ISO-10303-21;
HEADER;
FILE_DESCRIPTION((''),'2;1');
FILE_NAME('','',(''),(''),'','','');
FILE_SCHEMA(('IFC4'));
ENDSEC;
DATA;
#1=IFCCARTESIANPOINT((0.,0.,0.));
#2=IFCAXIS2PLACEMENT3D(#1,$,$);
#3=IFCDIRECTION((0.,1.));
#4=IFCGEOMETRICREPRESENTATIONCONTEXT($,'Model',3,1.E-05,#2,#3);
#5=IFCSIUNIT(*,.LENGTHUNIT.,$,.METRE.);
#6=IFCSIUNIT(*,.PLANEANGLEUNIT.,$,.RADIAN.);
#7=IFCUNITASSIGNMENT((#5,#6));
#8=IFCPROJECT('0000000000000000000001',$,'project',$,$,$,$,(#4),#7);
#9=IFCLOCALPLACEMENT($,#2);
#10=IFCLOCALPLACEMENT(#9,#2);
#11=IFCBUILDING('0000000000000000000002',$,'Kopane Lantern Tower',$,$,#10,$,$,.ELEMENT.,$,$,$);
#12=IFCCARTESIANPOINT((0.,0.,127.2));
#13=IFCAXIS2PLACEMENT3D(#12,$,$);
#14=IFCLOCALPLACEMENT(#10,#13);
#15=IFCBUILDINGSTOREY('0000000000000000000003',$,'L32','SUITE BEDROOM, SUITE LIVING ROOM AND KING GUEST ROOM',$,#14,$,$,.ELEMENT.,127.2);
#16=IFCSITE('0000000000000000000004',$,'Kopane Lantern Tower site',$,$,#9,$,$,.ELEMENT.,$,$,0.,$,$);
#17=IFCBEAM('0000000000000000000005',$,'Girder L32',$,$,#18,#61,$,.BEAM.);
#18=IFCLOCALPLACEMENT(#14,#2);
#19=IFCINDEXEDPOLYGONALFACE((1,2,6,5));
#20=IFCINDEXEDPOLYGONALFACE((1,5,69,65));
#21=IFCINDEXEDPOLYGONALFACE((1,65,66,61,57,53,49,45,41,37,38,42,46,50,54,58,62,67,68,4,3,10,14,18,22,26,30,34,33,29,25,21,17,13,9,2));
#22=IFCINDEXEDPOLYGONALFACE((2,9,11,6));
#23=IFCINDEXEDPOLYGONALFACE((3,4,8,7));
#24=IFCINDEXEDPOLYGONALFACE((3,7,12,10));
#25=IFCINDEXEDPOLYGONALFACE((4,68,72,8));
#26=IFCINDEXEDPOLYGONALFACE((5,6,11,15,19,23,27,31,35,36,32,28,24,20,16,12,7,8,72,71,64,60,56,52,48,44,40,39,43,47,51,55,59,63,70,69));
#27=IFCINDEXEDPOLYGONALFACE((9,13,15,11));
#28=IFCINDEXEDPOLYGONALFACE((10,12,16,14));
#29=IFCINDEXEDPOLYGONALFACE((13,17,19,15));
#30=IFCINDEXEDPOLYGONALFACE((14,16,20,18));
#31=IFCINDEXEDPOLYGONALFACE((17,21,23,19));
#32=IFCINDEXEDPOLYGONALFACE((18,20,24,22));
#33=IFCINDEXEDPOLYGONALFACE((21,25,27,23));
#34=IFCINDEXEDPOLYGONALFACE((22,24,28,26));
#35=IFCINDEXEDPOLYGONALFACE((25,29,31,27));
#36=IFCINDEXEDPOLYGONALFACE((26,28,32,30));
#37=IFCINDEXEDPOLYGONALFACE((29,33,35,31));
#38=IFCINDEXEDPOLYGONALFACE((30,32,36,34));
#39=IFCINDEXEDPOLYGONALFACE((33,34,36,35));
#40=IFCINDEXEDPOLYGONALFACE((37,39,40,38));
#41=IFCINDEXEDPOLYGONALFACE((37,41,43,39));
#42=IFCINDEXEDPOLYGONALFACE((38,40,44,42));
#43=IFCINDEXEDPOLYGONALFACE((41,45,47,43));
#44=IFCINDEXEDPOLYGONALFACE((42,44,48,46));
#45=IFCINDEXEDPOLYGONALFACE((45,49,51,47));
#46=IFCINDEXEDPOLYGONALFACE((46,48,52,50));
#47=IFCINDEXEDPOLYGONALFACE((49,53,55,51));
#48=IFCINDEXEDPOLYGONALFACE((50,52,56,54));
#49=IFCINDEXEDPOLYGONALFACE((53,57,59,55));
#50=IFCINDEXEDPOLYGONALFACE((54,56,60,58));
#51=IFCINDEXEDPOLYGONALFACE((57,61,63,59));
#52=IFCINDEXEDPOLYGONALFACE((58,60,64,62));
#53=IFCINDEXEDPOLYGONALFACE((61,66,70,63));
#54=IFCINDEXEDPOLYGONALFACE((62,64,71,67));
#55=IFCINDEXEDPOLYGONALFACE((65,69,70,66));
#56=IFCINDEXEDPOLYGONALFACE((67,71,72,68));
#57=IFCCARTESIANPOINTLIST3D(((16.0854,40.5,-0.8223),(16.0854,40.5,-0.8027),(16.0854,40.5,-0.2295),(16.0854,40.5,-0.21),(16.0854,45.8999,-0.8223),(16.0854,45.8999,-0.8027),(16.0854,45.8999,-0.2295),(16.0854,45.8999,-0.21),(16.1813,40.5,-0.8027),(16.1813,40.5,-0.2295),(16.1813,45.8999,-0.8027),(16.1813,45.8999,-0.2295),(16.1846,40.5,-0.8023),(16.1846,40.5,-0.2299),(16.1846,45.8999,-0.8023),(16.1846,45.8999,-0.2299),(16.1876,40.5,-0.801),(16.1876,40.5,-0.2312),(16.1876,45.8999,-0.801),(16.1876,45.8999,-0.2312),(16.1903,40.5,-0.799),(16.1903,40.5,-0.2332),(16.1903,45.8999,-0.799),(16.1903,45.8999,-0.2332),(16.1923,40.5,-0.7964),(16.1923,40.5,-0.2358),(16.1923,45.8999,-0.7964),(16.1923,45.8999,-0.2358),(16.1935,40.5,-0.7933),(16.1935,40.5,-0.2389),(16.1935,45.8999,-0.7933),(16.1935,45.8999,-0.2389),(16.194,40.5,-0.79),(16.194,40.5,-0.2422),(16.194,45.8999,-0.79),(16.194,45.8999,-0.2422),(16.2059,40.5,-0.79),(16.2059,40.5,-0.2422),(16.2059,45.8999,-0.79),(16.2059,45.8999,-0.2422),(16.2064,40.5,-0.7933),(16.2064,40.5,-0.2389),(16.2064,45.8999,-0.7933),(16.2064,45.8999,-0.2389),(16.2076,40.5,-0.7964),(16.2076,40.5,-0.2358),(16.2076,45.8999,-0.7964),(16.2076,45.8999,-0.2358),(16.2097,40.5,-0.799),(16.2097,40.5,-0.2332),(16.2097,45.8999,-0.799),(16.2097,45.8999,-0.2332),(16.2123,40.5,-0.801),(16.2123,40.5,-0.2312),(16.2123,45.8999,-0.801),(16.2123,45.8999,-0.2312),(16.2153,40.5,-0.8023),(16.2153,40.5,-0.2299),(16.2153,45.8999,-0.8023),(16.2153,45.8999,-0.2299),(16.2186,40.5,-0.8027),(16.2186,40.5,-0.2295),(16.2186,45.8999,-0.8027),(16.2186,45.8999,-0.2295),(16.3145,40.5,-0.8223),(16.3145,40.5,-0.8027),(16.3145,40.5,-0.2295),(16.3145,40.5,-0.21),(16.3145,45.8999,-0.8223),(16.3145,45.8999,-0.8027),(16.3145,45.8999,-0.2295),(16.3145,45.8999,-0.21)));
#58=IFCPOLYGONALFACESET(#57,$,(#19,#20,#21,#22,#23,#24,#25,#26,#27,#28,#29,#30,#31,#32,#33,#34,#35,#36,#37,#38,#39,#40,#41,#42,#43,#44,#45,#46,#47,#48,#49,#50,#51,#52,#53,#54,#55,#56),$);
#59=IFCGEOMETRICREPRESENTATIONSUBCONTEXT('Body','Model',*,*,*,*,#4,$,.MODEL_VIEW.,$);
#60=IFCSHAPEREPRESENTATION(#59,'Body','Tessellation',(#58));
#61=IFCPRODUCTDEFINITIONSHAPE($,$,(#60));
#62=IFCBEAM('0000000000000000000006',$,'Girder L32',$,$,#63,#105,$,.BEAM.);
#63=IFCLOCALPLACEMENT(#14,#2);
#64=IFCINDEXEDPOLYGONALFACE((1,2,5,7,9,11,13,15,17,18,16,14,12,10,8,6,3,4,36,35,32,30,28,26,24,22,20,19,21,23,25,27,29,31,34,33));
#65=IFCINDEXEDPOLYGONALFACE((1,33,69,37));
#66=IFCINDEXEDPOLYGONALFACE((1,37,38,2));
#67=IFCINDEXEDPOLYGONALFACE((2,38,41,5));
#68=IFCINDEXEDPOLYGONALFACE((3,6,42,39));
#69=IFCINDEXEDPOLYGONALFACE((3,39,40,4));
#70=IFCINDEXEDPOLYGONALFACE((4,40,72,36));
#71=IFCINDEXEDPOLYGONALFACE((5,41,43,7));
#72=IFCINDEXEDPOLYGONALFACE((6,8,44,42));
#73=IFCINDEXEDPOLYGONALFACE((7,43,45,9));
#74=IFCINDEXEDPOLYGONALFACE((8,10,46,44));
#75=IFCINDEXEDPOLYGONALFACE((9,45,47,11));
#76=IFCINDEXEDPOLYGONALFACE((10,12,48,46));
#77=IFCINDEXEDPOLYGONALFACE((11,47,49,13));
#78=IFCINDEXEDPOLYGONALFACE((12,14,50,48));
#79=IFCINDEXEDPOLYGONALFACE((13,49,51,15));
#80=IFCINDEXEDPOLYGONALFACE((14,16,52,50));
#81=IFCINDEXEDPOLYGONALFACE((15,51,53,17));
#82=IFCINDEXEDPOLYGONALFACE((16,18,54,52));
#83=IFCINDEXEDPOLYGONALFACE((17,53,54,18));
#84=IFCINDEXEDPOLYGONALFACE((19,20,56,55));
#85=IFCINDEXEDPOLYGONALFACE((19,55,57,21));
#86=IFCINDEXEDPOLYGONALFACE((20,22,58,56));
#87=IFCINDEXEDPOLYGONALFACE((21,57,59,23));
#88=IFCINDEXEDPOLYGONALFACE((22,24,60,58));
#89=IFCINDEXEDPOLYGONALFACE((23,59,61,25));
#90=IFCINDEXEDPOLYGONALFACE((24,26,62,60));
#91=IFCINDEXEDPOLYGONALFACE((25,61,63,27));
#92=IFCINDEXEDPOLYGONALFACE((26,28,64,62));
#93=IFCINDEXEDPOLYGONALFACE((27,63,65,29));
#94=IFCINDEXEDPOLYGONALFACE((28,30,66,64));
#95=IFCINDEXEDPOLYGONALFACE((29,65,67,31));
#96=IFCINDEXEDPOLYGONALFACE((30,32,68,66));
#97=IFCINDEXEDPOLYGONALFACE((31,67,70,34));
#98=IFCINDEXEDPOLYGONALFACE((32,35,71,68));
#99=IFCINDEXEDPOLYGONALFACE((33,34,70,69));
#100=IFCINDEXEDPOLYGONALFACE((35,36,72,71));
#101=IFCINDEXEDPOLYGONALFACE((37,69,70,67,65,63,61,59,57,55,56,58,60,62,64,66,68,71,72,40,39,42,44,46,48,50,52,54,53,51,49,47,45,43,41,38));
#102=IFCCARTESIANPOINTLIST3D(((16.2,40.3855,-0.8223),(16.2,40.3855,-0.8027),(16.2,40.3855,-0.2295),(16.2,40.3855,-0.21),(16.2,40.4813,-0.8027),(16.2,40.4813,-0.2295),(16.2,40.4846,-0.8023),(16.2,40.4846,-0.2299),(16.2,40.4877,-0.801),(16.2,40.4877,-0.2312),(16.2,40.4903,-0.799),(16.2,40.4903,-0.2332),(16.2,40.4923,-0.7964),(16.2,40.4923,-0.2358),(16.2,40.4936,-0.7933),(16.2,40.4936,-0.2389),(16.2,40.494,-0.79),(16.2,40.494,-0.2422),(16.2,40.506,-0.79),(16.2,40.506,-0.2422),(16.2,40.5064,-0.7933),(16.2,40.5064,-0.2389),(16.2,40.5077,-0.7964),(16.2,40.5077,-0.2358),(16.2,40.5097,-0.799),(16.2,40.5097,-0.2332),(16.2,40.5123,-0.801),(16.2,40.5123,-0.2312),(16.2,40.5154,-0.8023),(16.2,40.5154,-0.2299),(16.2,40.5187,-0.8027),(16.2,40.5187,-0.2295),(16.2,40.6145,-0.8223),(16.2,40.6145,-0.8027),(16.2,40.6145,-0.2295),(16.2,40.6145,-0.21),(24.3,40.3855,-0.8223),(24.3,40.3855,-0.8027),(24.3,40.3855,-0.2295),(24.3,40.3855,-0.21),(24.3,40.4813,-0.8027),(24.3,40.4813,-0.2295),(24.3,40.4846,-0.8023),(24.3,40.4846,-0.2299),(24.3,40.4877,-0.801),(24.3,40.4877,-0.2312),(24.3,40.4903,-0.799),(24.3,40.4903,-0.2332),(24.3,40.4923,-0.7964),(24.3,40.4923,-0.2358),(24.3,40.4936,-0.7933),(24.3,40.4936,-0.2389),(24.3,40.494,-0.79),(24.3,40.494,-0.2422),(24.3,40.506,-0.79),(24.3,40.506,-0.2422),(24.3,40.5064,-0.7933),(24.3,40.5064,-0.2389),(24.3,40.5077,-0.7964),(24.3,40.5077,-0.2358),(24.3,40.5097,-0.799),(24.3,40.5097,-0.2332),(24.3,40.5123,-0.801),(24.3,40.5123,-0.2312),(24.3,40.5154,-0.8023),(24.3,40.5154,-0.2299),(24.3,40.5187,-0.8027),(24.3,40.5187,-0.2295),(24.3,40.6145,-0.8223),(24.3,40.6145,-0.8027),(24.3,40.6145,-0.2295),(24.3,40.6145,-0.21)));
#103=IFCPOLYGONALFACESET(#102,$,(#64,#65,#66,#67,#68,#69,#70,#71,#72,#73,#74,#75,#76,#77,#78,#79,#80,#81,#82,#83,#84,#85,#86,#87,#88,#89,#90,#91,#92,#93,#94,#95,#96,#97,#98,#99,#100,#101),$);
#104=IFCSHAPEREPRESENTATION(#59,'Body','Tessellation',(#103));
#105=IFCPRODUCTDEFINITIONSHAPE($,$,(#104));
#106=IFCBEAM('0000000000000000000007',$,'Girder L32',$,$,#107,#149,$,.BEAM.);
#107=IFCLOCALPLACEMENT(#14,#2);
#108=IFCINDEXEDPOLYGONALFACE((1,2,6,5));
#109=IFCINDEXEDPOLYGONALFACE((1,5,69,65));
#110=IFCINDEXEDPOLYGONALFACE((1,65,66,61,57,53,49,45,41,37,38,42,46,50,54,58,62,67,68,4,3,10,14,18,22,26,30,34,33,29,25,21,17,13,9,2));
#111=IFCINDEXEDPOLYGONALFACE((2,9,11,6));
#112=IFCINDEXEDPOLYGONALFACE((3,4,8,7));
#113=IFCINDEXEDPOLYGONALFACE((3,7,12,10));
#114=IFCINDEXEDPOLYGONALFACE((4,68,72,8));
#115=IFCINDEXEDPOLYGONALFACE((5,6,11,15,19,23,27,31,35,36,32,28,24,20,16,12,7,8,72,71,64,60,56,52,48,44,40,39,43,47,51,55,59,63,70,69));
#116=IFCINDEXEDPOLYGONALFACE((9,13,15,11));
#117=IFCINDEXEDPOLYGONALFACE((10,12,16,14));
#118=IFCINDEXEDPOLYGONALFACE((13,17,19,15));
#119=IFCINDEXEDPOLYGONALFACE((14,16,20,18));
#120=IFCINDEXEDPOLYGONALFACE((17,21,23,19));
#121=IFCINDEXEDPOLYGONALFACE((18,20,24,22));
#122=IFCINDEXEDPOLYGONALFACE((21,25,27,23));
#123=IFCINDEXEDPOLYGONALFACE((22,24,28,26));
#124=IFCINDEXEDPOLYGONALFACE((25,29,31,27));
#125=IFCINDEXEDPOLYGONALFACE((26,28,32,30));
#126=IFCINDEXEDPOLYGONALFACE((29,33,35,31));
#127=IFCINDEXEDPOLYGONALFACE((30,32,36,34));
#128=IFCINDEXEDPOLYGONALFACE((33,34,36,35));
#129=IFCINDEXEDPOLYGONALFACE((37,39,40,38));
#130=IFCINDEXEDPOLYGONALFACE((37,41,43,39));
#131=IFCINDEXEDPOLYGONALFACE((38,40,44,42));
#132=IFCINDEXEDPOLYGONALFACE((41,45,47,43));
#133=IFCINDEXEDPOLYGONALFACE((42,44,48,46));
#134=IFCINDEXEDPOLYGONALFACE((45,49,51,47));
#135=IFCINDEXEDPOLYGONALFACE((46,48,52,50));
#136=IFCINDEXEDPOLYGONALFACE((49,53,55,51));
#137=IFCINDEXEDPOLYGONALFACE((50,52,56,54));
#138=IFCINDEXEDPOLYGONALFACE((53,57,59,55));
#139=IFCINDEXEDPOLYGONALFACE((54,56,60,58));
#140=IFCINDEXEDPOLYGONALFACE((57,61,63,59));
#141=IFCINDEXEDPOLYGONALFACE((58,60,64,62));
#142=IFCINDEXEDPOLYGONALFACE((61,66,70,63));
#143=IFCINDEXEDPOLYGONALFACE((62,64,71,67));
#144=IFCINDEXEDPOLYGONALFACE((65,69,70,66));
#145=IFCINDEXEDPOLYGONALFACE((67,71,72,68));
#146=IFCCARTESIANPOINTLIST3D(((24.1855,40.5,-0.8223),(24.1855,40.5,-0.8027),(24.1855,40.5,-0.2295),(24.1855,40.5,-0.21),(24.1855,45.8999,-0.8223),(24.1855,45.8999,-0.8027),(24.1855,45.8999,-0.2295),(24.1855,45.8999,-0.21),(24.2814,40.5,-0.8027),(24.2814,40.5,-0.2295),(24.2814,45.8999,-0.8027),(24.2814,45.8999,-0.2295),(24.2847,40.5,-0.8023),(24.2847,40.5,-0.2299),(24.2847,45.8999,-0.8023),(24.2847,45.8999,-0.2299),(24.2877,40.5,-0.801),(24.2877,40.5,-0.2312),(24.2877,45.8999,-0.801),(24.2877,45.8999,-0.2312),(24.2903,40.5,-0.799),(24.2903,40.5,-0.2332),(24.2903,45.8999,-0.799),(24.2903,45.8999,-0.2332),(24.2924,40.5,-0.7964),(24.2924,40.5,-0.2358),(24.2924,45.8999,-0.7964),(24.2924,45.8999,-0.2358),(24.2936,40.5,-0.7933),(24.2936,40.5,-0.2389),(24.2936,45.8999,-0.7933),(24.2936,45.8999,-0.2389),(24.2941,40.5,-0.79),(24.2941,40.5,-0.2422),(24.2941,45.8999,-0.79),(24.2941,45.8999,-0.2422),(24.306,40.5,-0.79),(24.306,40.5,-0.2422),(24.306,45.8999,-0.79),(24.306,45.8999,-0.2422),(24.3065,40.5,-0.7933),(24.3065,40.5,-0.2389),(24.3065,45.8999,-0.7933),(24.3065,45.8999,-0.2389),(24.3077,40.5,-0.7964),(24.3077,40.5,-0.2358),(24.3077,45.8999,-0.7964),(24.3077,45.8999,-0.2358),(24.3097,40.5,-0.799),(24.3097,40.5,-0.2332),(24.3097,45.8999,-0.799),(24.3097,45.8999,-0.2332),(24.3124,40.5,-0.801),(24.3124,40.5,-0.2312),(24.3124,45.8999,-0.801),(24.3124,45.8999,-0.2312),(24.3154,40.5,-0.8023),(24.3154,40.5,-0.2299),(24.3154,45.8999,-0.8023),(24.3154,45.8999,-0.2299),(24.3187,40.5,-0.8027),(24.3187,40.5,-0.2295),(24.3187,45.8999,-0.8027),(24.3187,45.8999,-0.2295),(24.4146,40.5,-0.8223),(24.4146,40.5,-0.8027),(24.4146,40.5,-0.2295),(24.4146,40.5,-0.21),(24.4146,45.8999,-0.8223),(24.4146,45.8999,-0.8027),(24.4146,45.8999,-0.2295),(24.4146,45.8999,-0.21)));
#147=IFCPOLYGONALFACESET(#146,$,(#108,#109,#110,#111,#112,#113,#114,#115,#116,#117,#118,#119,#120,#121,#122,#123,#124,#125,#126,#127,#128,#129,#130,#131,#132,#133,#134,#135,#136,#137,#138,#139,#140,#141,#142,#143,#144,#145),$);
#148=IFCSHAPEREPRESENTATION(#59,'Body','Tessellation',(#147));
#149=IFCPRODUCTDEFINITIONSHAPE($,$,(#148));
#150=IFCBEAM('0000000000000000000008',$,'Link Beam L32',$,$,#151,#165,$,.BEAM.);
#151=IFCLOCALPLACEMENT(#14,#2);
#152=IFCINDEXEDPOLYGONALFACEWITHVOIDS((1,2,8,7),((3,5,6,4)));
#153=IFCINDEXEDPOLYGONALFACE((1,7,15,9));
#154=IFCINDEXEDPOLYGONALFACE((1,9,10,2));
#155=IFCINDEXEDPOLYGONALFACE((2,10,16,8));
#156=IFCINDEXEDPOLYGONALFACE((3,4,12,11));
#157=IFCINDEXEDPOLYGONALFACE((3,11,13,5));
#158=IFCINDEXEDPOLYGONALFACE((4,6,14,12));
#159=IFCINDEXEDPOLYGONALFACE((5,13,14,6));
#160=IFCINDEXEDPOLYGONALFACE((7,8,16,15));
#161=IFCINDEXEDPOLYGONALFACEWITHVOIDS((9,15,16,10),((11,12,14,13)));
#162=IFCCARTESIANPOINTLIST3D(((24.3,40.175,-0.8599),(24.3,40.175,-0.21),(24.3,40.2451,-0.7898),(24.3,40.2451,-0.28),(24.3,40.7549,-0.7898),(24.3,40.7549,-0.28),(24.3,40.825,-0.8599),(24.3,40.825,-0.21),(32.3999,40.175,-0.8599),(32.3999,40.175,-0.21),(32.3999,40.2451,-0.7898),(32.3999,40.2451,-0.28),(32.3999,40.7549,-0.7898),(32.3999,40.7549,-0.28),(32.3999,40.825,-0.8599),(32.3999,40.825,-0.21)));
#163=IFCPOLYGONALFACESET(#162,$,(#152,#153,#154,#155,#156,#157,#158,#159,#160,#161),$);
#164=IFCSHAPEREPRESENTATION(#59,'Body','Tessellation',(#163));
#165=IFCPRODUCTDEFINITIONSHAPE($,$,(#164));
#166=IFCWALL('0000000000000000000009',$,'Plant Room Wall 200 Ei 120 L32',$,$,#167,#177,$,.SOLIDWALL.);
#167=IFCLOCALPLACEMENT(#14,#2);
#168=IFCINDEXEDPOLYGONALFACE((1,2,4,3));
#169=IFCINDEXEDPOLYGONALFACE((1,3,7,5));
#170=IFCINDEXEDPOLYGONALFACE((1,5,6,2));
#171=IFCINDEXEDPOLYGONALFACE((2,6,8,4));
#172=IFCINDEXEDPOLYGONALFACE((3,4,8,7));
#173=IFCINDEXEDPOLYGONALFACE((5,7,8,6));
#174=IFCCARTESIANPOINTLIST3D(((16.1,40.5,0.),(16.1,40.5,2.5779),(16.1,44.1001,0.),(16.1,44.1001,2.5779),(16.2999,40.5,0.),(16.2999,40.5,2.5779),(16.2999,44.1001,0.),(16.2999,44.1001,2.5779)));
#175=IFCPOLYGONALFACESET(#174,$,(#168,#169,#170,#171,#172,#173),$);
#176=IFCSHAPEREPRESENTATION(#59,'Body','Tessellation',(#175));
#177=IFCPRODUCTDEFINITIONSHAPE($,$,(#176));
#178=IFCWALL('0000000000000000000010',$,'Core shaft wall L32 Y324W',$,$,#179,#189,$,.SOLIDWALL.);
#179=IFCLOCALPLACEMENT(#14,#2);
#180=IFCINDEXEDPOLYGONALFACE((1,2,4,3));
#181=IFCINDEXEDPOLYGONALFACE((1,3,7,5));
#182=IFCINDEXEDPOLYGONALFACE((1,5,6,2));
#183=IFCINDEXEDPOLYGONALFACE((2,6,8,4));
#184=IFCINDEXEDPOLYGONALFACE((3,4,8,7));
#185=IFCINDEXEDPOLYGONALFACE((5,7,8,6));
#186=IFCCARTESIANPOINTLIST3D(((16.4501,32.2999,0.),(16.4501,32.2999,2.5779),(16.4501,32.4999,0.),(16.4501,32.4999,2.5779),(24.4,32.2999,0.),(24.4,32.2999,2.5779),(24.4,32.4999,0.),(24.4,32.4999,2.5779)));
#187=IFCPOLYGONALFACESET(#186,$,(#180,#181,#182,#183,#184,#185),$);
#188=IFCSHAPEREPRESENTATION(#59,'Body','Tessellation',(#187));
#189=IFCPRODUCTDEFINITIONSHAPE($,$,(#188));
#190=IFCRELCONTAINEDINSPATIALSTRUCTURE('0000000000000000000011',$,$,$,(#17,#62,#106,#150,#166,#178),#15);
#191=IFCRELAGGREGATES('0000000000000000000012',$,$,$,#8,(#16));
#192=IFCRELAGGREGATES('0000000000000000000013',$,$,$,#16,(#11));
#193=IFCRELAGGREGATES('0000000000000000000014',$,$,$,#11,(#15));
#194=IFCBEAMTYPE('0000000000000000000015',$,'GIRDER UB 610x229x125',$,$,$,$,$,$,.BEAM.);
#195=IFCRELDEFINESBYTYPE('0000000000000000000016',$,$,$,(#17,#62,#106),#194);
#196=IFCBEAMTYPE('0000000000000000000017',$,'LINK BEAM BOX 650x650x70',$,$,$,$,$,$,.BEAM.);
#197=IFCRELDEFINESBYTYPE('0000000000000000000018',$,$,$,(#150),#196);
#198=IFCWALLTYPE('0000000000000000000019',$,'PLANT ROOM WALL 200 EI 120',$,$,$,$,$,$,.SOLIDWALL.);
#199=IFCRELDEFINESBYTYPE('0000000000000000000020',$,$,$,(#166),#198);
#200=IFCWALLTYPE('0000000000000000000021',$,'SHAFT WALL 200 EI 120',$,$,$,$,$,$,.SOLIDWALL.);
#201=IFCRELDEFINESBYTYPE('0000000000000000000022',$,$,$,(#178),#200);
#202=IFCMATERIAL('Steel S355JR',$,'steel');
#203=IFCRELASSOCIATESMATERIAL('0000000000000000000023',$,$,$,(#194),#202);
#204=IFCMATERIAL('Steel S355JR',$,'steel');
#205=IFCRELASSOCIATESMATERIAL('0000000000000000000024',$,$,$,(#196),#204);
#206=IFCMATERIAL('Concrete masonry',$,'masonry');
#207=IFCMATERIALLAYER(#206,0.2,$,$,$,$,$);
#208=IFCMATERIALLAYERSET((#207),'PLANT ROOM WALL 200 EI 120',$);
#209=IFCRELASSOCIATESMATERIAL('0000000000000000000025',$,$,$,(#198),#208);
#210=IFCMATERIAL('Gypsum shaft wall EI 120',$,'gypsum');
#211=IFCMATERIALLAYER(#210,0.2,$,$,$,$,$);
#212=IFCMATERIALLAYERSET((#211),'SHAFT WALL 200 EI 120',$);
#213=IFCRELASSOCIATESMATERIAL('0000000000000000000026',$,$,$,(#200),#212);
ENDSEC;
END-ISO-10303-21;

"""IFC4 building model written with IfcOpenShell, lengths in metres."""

from ifc_helpers import new_model, si_unit, direction, frame, frame_2d, origin, origin_2d, place, context, subcontext, project, spatial, rectangle, hollow_rectangle, i_section, extrude, material, layer, layer_set, material_profile, profile_set, type_object, element, save


model = new_model("IFC4")

# Units and contexts
model_context = context("Model", 3, precision=1e-05, world=origin(), true_north=direction((0.0, 1.0)))
body_context = subcontext(model_context, "Body", "Model", "MODEL_VIEW")
ifc_project = project(units=[si_unit("LENGTHUNIT", "METRE"), si_unit("PLANEANGLEUNIT", "RADIAN")], contexts=[model_context])

# Site, building, storey
site_placement = place(None, origin())
site = spatial("IfcSite", under=ifc_project, at=site_placement, Name="Kopane Lantern Tower site", CompositionType="ELEMENT", RefElevation=0.0)
building_placement = place(site_placement, origin())
building = spatial("IfcBuilding", under=site, at=building_placement, Name="Kopane Lantern Tower", CompositionType="ELEMENT")
storey_placement = place(building_placement, frame((0.0, 0.0, 127.2)))
storey = spatial("IfcBuildingStorey", under=building, at=storey_placement, Name="L32", Description="SUITE BEDROOM, SUITE LIVING ROOM AND KING GUEST ROOM", CompositionType="ELEMENT", Elevation=127.2)

# Beams
ifc_material_1 = material(Name="Steel S355JR", Category="steel")
ifc_material_profile_1 = material_profile(ifc_material_1, i_section(OverallWidth=0.229, OverallDepth=0.6123, WebThickness=0.012, FlangeThickness=0.0195, FilletRadius=0.0127, at=origin_2d()), Name="UB 610x229x125")
ifc_profile_set_1 = profile_set([ifc_material_profile_1], Name="Steel S355JR")
beam_type_1 = type_object("IfcBeamType", Name="GIRDER UB 610x229x125", PredefinedType="BEAM", material=ifc_profile_set_1)
beam_1_placement = place(storey_placement, frame((16.2, 40.5, -0.5161), z_axis=(0.0, 1.0, 0.0), x_axis=(-1.0, 0.0, 0.0)))
element("IfcBeam", 1, at=beam_1_placement, inside=storey, type_object=beam_type_1, Name="Girder L32", PredefinedType="BEAM", context=body_context, shape_type="SweptSolid", body=[
    extrude(i_section(OverallWidth=0.229, OverallDepth=0.6123, WebThickness=0.012, FlangeThickness=0.0195, FilletRadius=0.0127, at=origin_2d()), origin(), (0.0, 0.0, 1.0), 5.3999),
])
beam_2_placement = place(storey_placement, frame((16.2, 40.5, -0.5161), z_axis=(1.0, 0.0, 0.0), x_axis=(0.0, 1.0, 0.0)))
element("IfcBeam", 2, at=beam_2_placement, inside=storey, type_object=beam_type_1, Name="Girder L32", PredefinedType="BEAM", context=body_context, shape_type="SweptSolid", body=[
    extrude(i_section(OverallWidth=0.229, OverallDepth=0.6123, WebThickness=0.012, FlangeThickness=0.0195, FilletRadius=0.0127, at=origin_2d()), origin(), (0.0, 0.0, 1.0), 8.1001),
])
beam_3_placement = place(storey_placement, frame((24.3, 40.5, -0.5161), z_axis=(0.0, 1.0, 0.0), x_axis=(-1.0, 0.0, 0.0)))
element("IfcBeam", 3, at=beam_3_placement, inside=storey, type_object=beam_type_1, Name="Girder L32", PredefinedType="BEAM", context=body_context, shape_type="SweptSolid", body=[
    extrude(i_section(OverallWidth=0.229, OverallDepth=0.6123, WebThickness=0.012, FlangeThickness=0.0195, FilletRadius=0.0127, at=origin_2d()), origin(), (0.0, 0.0, 1.0), 5.3999),
])
ifc_material_2 = material(Name="Steel S355JR", Category="steel")
ifc_material_profile_2 = material_profile(ifc_material_2, hollow_rectangle(XDim=0.6499, YDim=0.6499, WallThickness=0.0701, at=origin_2d()), Name="BOX 650x650x70")
ifc_profile_set_2 = profile_set([ifc_material_profile_2], Name="Steel S355JR")
beam_type_2 = type_object("IfcBeamType", Name="LINK BEAM BOX 650x650x70", PredefinedType="BEAM", material=ifc_profile_set_2)
beam_4_placement = place(storey_placement, frame((24.3, 40.5, -0.5349), z_axis=(1.0, 0.0, 0.0), x_axis=(0.0, 1.0, 0.0)))
element("IfcBeam", 4, at=beam_4_placement, inside=storey, type_object=beam_type_2, Name="Link Beam L32", PredefinedType="BEAM", context=body_context, shape_type="SweptSolid", body=[
    extrude(hollow_rectangle(XDim=0.6499, YDim=0.6499, WallThickness=0.0701, at=origin_2d()), origin(), (0.0, 0.0, 1.0), 8.0999),
])

# Walls
ifc_material_3 = material(Name="Concrete masonry", Category="masonry")
ifc_layer_1 = layer(ifc_material_3, 0.2)
ifc_layer_set_1 = layer_set([ifc_layer_1], Name="PLANT ROOM WALL 200 EI 120")
wall_type_1 = type_object("IfcWallType", Name="PLANT ROOM WALL 200 EI 120", PredefinedType="SOLIDWALL", material=ifc_layer_set_1)
wall_1_placement = place(storey_placement, frame((16.2, 40.5, 0.0), z_axis=(0.0, 0.0, 1.0), x_axis=(0.0, 1.0, 0.0)))
element("IfcWall", 5, at=wall_1_placement, inside=storey, type_object=wall_type_1, Name="Plant Room Wall 200 Ei 120 L32", PredefinedType="SOLIDWALL", context=body_context, shape_type="SweptSolid", body=[
    extrude(rectangle(XDim=3.6001, YDim=0.2, at=frame_2d((1.8, 0.0))), origin(), (0.0, 0.0, 1.0), 2.5779),
])
ifc_material_4 = material(Name="Gypsum shaft wall EI 120", Category="gypsum")
ifc_layer_2 = layer(ifc_material_4, 0.2)
ifc_layer_set_2 = layer_set([ifc_layer_2], Name="SHAFT WALL 200 EI 120")
wall_type_2 = type_object("IfcWallType", Name="SHAFT WALL 200 EI 120", PredefinedType="SOLIDWALL", material=ifc_layer_set_2)
wall_2_placement = place(storey_placement, frame((16.45, 32.3999, 0.0), z_axis=(0.0, 0.0, 1.0), x_axis=(1.0, 0.0, 0.0)))
element("IfcWall", 6, at=wall_2_placement, inside=storey, type_object=wall_type_2, Name="Core shaft wall L32 Y324W", PredefinedType="SOLIDWALL", context=body_context, shape_type="SweptSolid", body=[
    extrude(rectangle(XDim=7.95, YDim=0.2, at=frame_2d((3.9751, 0.0))), origin(), (0.0, 0.0, 1.0), 2.5779),
])

save(model, "model.ifc")
